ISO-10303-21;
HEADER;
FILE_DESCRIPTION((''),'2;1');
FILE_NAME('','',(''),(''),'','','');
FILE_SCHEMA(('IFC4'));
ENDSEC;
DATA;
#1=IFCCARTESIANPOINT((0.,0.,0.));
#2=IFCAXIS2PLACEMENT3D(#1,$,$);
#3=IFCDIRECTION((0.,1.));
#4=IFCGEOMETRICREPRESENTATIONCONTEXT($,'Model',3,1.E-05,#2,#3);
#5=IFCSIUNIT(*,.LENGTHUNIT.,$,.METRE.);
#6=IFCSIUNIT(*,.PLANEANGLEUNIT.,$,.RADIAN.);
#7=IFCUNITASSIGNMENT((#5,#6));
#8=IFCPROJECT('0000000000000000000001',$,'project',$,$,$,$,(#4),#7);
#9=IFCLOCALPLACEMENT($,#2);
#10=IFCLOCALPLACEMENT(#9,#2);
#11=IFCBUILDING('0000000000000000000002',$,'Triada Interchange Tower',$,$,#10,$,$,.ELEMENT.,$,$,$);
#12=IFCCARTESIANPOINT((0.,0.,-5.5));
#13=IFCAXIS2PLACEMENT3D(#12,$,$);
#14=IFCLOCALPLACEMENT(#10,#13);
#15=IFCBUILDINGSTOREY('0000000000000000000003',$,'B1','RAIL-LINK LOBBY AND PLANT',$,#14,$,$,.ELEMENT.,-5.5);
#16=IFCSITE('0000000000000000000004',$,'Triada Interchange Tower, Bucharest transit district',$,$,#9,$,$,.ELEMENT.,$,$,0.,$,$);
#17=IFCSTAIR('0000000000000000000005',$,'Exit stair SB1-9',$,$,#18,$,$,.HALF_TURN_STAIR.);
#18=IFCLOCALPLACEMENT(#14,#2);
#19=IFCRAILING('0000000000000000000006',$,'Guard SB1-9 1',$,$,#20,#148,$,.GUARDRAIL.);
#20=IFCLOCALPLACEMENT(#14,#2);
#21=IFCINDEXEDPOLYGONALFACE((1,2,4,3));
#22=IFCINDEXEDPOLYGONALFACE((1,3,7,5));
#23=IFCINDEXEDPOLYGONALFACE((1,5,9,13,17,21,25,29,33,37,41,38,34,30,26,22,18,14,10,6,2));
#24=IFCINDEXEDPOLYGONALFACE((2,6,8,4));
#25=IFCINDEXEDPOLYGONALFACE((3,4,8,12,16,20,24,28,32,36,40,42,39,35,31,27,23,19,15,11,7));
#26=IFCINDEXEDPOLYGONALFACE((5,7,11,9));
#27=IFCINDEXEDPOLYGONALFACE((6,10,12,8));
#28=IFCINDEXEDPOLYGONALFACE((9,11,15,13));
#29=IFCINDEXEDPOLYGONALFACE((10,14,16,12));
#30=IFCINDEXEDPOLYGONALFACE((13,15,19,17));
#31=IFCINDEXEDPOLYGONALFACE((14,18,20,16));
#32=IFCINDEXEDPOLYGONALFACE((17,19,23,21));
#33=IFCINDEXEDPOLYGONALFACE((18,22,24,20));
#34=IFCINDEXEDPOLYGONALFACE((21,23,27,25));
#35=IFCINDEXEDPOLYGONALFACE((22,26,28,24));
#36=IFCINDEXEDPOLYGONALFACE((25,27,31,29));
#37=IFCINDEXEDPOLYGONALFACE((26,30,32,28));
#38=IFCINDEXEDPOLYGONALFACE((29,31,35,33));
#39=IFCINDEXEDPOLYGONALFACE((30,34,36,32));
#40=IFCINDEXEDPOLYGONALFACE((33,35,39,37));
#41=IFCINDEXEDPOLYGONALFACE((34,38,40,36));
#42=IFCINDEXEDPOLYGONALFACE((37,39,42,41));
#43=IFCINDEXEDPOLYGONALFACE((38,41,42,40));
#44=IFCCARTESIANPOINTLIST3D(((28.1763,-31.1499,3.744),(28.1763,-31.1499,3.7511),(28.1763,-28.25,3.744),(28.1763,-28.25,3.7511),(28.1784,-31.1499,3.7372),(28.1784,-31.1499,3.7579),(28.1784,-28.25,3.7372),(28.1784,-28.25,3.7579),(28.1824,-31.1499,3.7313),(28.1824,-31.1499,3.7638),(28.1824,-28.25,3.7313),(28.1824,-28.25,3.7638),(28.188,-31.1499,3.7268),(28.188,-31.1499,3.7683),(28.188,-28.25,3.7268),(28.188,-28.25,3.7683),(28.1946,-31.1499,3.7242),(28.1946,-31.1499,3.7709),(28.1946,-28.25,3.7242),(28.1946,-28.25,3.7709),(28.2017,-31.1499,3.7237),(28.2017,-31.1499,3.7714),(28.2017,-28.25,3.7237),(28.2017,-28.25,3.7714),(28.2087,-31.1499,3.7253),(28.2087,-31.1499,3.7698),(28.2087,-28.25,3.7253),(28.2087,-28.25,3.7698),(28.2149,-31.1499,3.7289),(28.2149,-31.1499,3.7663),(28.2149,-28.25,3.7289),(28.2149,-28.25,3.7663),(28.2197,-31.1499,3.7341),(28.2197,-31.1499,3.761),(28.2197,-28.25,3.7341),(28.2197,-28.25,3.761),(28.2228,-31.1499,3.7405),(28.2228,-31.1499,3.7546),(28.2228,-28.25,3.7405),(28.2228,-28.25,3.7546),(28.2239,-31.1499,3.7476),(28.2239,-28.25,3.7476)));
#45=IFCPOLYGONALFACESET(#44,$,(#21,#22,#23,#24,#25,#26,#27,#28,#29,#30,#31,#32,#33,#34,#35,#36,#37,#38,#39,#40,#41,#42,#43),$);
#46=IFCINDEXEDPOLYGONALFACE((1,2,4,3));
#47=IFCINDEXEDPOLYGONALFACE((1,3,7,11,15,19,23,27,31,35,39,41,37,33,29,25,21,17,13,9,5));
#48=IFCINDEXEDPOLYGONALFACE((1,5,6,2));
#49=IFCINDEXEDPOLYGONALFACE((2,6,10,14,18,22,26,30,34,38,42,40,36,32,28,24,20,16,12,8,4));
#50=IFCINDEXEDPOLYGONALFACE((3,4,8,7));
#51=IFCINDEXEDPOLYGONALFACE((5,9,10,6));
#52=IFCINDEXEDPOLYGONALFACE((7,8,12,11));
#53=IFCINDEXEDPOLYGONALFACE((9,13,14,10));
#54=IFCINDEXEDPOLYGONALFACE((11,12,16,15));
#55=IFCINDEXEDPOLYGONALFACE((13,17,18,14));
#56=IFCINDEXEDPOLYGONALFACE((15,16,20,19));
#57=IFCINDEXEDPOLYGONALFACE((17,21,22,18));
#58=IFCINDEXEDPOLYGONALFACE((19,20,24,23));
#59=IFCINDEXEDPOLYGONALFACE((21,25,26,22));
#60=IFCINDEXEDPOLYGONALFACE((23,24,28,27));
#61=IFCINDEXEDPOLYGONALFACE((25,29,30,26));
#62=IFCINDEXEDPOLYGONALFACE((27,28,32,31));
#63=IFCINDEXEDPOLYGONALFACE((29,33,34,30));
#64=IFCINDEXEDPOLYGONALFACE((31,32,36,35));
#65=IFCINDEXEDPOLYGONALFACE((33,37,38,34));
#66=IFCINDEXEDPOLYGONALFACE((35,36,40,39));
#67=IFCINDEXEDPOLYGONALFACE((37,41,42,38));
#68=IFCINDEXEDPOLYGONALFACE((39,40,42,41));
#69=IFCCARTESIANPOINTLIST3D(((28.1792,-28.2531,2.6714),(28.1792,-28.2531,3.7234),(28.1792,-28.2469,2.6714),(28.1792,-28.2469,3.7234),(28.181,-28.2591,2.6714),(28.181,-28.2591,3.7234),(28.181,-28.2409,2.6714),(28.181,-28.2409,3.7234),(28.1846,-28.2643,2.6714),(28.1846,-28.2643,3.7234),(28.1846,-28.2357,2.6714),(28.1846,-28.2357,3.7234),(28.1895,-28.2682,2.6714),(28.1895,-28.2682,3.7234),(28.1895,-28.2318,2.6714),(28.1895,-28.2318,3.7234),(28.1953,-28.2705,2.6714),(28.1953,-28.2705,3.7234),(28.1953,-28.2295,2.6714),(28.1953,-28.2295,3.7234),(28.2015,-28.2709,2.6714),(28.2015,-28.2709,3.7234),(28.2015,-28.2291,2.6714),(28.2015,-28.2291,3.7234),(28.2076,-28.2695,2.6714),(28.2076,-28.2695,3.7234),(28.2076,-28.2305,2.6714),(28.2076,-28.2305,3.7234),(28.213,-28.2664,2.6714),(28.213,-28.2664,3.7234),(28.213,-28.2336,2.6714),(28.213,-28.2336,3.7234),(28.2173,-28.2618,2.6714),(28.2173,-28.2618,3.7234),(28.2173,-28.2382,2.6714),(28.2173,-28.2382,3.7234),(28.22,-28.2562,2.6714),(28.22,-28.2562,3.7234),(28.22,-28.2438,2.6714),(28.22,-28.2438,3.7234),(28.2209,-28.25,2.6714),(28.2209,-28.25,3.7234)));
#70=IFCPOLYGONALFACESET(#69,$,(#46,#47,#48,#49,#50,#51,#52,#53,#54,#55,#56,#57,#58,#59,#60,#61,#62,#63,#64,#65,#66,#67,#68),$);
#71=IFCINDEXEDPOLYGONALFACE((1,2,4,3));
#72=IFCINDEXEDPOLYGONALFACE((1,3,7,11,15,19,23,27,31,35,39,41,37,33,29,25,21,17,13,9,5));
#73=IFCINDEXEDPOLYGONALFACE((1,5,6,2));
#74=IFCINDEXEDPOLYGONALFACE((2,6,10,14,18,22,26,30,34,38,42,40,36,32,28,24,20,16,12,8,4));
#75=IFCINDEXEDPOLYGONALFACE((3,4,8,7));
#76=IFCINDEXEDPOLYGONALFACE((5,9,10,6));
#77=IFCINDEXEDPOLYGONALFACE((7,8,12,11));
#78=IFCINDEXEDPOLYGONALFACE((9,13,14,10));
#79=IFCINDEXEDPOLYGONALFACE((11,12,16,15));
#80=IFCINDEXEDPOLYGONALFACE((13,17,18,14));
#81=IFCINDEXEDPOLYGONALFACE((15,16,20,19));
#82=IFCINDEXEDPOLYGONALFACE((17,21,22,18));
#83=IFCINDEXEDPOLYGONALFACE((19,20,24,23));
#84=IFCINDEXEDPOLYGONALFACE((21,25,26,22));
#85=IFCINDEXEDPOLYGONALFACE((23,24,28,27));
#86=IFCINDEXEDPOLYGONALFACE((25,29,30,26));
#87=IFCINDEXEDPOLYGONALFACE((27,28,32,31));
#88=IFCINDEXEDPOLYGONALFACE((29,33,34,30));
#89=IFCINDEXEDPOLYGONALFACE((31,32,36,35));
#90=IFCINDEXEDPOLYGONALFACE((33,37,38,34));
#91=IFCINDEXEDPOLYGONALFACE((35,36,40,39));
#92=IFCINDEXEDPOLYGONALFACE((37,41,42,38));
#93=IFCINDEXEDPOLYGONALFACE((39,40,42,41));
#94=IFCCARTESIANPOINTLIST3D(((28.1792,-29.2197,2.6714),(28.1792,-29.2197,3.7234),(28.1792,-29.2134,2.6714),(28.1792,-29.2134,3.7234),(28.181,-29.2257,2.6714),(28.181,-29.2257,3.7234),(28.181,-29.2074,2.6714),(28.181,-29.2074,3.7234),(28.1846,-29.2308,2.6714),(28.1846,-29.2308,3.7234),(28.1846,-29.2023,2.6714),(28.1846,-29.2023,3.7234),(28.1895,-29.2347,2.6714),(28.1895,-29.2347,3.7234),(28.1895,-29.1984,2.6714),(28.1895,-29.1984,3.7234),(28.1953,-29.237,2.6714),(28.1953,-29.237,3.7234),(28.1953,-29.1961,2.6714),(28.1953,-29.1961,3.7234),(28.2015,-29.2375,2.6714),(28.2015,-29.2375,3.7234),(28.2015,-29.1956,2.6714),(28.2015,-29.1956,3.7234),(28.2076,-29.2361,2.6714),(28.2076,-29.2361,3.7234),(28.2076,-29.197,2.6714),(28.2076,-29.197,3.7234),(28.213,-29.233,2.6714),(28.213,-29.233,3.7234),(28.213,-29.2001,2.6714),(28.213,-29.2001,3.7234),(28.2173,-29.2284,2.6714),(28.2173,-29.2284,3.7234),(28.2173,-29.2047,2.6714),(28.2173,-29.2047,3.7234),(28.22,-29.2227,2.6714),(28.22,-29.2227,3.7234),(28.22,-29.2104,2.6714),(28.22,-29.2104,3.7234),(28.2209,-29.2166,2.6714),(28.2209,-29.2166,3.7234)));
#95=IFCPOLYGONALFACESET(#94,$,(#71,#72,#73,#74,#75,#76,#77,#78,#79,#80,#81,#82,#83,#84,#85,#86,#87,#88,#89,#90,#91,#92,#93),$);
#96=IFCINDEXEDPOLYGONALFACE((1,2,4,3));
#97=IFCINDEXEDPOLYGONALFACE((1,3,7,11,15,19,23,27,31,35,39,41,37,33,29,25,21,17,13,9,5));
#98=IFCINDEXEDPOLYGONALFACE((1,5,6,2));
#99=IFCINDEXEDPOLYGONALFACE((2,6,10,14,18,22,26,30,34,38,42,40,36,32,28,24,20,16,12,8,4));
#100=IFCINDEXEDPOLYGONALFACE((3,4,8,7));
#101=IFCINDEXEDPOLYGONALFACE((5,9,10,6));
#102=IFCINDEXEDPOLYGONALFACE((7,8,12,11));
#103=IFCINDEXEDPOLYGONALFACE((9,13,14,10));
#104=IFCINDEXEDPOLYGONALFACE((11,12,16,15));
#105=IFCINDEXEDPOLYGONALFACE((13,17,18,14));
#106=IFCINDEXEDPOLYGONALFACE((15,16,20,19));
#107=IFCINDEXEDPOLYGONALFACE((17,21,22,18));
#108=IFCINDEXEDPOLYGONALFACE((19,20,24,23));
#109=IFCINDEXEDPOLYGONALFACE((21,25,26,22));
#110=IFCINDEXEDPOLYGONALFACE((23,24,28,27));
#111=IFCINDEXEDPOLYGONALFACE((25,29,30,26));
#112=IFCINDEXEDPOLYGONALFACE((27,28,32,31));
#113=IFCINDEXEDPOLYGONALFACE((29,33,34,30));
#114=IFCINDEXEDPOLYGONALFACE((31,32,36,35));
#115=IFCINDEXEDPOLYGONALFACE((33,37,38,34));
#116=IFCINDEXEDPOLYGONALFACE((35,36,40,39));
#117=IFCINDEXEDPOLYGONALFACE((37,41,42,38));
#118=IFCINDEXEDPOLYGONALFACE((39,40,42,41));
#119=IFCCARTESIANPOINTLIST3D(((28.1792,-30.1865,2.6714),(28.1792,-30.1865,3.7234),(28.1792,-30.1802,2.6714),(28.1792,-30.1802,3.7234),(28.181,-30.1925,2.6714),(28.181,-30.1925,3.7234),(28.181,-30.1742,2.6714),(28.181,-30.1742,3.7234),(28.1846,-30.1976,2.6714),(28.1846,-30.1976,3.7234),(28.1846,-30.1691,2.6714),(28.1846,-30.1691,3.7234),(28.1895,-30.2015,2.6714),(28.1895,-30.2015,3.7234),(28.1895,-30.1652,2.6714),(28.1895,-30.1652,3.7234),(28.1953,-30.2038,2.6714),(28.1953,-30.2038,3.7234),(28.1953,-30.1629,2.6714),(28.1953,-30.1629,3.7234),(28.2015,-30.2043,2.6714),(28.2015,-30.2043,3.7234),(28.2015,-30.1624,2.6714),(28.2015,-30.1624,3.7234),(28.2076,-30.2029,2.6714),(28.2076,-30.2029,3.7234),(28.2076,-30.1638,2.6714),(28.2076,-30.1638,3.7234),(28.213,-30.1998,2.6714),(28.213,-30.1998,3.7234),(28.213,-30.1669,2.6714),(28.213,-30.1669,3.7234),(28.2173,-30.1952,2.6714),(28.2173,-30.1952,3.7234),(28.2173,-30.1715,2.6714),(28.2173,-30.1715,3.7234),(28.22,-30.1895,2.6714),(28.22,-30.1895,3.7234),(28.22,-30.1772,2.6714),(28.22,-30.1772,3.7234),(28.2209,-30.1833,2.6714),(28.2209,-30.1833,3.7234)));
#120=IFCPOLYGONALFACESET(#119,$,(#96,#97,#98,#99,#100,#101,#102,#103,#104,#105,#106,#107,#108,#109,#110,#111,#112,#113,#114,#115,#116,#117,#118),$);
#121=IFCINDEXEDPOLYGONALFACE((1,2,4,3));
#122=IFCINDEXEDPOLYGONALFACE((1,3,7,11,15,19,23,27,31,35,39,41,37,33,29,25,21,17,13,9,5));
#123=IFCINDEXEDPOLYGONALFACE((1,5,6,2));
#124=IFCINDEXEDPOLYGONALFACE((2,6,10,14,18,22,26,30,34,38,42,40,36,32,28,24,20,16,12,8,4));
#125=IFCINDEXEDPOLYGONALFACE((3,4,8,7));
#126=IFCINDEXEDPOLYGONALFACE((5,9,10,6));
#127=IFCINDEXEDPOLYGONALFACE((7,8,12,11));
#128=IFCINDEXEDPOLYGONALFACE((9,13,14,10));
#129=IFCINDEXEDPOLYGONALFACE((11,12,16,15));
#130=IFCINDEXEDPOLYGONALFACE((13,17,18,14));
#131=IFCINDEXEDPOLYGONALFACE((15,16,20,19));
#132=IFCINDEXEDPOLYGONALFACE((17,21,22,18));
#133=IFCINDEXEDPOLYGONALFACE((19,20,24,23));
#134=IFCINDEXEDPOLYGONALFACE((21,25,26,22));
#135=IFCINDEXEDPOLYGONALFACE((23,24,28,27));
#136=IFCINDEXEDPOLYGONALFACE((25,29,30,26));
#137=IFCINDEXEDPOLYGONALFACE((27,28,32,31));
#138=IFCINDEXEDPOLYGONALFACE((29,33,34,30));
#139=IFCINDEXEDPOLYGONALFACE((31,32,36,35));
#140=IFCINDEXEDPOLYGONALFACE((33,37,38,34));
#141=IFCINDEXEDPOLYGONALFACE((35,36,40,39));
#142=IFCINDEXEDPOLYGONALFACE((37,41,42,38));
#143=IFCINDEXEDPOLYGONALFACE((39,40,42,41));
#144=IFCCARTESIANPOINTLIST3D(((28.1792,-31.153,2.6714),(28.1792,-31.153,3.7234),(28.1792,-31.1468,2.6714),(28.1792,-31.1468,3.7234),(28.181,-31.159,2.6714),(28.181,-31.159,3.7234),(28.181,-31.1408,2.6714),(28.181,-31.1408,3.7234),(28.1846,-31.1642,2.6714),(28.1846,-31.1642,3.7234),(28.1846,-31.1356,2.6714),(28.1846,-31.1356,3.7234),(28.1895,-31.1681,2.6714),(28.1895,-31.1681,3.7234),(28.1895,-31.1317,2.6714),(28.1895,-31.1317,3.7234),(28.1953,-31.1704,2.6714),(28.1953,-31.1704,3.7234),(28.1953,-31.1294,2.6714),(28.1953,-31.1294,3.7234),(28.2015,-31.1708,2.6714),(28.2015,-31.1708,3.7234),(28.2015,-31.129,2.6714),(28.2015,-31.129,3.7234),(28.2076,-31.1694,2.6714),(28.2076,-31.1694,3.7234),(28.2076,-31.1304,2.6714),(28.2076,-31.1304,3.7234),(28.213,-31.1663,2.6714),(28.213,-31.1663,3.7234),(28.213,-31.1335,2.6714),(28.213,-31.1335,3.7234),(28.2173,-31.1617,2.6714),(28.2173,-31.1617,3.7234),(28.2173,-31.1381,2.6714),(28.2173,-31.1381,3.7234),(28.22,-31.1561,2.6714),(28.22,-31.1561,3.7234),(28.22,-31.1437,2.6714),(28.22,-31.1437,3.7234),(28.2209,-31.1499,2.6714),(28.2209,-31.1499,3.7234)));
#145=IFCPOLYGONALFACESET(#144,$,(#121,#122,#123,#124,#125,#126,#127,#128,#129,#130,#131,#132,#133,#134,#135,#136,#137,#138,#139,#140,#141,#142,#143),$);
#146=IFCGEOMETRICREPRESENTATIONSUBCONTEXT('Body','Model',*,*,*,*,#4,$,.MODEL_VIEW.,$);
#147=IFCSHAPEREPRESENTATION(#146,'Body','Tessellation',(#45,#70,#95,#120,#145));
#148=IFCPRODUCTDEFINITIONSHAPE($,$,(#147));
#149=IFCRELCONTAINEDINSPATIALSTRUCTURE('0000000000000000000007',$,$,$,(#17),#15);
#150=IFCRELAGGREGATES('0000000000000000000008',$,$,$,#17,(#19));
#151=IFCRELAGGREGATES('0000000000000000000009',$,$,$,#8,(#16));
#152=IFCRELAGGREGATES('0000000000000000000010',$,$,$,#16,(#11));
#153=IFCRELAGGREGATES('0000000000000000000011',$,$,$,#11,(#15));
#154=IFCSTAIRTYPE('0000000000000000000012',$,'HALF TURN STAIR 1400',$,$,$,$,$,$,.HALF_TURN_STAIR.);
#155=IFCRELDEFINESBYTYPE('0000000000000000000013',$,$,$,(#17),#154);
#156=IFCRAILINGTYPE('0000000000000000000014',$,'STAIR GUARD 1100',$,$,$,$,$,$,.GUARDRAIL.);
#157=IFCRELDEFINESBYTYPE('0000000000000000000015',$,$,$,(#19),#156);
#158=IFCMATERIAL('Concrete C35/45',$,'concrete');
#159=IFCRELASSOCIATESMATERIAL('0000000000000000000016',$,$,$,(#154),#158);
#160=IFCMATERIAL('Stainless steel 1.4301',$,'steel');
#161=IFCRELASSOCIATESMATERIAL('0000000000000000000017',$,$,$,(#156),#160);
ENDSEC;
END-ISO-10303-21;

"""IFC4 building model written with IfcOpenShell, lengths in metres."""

from ifc_helpers import new_model, si_unit, direction, frame, origin, origin_2d, place, context, subcontext, project, spatial, circle, extrude, material, type_object, element, aggregate, save


model = new_model("IFC4")

# Units and contexts
model_context = context("Model", 3, precision=1e-05, world=origin(), true_north=direction((0.0, 1.0)))
body_context = subcontext(model_context, "Body", "Model", "MODEL_VIEW")
ifc_project = project(units=[si_unit("LENGTHUNIT", "METRE"), si_unit("PLANEANGLEUNIT", "RADIAN")], contexts=[model_context])

# Site, building, storey
site_placement = place(None, origin())
site = spatial("IfcSite", under=ifc_project, at=site_placement, Name="Triada Interchange Tower, Bucharest transit district", CompositionType="ELEMENT", RefElevation=0.0)
building_placement = place(site_placement, origin())
building = spatial("IfcBuilding", under=site, at=building_placement, Name="Triada Interchange Tower", CompositionType="ELEMENT")
storey_placement = place(building_placement, frame((0.0, 0.0, -5.5)))
storey = spatial("IfcBuildingStorey", under=building, at=storey_placement, Name="B1", Description="RAIL-LINK LOBBY AND PLANT", CompositionType="ELEMENT", Elevation=-5.5)

# Shared definitions
ifc_material_1 = material(Name="Concrete C35/45", Category="concrete")

# Stair, railing
stair_type = type_object("IfcStairType", Name="HALF TURN STAIR 1400", PredefinedType="HALF_TURN_STAIR", material=ifc_material_1)
stair_placement = place(storey_placement, origin())
stair = element("IfcStair", 1, at=stair_placement, inside=storey, type_object=stair_type, Name="Exit stair SB1-9", PredefinedType="HALF_TURN_STAIR")
ifc_material_2 = material(Name="Stainless steel 1.4301", Category="steel")
railing_type_1 = type_object("IfcRailingType", Name="STAIR GUARD 1100", PredefinedType="GUARDRAIL", material=ifc_material_2)
railing_1_placement = place(storey_placement, frame((28.2, -28.25, 2.6714)))
railing_1 = element("IfcRailing", 2, at=railing_1_placement, type_object=railing_type_1, Name="Guard SB1-9 1", PredefinedType="GUARDRAIL", context=body_context, shape_type="SweptSolid", body=[
    extrude(circle(Radius=0.0239, at=origin_2d()), frame((0.0, 0.0, 1.0762), z_axis=(0.0, -1.0, 0.0), x_axis=(1.0, 0.0, 0.0)), (0.0, 0.0, 1.0), 2.8999),
    extrude(circle(Radius=0.021, at=origin_2d()), origin(), (0.0, 0.0, 1.0), 1.052),
    extrude(circle(Radius=0.021, at=origin_2d()), frame((0.0, -0.9666, 0.0)), (0.0, 0.0, 1.0), 1.052),
    extrude(circle(Radius=0.021, at=origin_2d()), frame((0.0, -1.9333, 0.0)), (0.0, 0.0, 1.0), 1.052),
    extrude(circle(Radius=0.021, at=origin_2d()), frame((0.0, -2.8999, 0.0)), (0.0, 0.0, 1.0), 1.052),
])
aggregate(stair, [railing_1])

save(model, "model.ifc")
